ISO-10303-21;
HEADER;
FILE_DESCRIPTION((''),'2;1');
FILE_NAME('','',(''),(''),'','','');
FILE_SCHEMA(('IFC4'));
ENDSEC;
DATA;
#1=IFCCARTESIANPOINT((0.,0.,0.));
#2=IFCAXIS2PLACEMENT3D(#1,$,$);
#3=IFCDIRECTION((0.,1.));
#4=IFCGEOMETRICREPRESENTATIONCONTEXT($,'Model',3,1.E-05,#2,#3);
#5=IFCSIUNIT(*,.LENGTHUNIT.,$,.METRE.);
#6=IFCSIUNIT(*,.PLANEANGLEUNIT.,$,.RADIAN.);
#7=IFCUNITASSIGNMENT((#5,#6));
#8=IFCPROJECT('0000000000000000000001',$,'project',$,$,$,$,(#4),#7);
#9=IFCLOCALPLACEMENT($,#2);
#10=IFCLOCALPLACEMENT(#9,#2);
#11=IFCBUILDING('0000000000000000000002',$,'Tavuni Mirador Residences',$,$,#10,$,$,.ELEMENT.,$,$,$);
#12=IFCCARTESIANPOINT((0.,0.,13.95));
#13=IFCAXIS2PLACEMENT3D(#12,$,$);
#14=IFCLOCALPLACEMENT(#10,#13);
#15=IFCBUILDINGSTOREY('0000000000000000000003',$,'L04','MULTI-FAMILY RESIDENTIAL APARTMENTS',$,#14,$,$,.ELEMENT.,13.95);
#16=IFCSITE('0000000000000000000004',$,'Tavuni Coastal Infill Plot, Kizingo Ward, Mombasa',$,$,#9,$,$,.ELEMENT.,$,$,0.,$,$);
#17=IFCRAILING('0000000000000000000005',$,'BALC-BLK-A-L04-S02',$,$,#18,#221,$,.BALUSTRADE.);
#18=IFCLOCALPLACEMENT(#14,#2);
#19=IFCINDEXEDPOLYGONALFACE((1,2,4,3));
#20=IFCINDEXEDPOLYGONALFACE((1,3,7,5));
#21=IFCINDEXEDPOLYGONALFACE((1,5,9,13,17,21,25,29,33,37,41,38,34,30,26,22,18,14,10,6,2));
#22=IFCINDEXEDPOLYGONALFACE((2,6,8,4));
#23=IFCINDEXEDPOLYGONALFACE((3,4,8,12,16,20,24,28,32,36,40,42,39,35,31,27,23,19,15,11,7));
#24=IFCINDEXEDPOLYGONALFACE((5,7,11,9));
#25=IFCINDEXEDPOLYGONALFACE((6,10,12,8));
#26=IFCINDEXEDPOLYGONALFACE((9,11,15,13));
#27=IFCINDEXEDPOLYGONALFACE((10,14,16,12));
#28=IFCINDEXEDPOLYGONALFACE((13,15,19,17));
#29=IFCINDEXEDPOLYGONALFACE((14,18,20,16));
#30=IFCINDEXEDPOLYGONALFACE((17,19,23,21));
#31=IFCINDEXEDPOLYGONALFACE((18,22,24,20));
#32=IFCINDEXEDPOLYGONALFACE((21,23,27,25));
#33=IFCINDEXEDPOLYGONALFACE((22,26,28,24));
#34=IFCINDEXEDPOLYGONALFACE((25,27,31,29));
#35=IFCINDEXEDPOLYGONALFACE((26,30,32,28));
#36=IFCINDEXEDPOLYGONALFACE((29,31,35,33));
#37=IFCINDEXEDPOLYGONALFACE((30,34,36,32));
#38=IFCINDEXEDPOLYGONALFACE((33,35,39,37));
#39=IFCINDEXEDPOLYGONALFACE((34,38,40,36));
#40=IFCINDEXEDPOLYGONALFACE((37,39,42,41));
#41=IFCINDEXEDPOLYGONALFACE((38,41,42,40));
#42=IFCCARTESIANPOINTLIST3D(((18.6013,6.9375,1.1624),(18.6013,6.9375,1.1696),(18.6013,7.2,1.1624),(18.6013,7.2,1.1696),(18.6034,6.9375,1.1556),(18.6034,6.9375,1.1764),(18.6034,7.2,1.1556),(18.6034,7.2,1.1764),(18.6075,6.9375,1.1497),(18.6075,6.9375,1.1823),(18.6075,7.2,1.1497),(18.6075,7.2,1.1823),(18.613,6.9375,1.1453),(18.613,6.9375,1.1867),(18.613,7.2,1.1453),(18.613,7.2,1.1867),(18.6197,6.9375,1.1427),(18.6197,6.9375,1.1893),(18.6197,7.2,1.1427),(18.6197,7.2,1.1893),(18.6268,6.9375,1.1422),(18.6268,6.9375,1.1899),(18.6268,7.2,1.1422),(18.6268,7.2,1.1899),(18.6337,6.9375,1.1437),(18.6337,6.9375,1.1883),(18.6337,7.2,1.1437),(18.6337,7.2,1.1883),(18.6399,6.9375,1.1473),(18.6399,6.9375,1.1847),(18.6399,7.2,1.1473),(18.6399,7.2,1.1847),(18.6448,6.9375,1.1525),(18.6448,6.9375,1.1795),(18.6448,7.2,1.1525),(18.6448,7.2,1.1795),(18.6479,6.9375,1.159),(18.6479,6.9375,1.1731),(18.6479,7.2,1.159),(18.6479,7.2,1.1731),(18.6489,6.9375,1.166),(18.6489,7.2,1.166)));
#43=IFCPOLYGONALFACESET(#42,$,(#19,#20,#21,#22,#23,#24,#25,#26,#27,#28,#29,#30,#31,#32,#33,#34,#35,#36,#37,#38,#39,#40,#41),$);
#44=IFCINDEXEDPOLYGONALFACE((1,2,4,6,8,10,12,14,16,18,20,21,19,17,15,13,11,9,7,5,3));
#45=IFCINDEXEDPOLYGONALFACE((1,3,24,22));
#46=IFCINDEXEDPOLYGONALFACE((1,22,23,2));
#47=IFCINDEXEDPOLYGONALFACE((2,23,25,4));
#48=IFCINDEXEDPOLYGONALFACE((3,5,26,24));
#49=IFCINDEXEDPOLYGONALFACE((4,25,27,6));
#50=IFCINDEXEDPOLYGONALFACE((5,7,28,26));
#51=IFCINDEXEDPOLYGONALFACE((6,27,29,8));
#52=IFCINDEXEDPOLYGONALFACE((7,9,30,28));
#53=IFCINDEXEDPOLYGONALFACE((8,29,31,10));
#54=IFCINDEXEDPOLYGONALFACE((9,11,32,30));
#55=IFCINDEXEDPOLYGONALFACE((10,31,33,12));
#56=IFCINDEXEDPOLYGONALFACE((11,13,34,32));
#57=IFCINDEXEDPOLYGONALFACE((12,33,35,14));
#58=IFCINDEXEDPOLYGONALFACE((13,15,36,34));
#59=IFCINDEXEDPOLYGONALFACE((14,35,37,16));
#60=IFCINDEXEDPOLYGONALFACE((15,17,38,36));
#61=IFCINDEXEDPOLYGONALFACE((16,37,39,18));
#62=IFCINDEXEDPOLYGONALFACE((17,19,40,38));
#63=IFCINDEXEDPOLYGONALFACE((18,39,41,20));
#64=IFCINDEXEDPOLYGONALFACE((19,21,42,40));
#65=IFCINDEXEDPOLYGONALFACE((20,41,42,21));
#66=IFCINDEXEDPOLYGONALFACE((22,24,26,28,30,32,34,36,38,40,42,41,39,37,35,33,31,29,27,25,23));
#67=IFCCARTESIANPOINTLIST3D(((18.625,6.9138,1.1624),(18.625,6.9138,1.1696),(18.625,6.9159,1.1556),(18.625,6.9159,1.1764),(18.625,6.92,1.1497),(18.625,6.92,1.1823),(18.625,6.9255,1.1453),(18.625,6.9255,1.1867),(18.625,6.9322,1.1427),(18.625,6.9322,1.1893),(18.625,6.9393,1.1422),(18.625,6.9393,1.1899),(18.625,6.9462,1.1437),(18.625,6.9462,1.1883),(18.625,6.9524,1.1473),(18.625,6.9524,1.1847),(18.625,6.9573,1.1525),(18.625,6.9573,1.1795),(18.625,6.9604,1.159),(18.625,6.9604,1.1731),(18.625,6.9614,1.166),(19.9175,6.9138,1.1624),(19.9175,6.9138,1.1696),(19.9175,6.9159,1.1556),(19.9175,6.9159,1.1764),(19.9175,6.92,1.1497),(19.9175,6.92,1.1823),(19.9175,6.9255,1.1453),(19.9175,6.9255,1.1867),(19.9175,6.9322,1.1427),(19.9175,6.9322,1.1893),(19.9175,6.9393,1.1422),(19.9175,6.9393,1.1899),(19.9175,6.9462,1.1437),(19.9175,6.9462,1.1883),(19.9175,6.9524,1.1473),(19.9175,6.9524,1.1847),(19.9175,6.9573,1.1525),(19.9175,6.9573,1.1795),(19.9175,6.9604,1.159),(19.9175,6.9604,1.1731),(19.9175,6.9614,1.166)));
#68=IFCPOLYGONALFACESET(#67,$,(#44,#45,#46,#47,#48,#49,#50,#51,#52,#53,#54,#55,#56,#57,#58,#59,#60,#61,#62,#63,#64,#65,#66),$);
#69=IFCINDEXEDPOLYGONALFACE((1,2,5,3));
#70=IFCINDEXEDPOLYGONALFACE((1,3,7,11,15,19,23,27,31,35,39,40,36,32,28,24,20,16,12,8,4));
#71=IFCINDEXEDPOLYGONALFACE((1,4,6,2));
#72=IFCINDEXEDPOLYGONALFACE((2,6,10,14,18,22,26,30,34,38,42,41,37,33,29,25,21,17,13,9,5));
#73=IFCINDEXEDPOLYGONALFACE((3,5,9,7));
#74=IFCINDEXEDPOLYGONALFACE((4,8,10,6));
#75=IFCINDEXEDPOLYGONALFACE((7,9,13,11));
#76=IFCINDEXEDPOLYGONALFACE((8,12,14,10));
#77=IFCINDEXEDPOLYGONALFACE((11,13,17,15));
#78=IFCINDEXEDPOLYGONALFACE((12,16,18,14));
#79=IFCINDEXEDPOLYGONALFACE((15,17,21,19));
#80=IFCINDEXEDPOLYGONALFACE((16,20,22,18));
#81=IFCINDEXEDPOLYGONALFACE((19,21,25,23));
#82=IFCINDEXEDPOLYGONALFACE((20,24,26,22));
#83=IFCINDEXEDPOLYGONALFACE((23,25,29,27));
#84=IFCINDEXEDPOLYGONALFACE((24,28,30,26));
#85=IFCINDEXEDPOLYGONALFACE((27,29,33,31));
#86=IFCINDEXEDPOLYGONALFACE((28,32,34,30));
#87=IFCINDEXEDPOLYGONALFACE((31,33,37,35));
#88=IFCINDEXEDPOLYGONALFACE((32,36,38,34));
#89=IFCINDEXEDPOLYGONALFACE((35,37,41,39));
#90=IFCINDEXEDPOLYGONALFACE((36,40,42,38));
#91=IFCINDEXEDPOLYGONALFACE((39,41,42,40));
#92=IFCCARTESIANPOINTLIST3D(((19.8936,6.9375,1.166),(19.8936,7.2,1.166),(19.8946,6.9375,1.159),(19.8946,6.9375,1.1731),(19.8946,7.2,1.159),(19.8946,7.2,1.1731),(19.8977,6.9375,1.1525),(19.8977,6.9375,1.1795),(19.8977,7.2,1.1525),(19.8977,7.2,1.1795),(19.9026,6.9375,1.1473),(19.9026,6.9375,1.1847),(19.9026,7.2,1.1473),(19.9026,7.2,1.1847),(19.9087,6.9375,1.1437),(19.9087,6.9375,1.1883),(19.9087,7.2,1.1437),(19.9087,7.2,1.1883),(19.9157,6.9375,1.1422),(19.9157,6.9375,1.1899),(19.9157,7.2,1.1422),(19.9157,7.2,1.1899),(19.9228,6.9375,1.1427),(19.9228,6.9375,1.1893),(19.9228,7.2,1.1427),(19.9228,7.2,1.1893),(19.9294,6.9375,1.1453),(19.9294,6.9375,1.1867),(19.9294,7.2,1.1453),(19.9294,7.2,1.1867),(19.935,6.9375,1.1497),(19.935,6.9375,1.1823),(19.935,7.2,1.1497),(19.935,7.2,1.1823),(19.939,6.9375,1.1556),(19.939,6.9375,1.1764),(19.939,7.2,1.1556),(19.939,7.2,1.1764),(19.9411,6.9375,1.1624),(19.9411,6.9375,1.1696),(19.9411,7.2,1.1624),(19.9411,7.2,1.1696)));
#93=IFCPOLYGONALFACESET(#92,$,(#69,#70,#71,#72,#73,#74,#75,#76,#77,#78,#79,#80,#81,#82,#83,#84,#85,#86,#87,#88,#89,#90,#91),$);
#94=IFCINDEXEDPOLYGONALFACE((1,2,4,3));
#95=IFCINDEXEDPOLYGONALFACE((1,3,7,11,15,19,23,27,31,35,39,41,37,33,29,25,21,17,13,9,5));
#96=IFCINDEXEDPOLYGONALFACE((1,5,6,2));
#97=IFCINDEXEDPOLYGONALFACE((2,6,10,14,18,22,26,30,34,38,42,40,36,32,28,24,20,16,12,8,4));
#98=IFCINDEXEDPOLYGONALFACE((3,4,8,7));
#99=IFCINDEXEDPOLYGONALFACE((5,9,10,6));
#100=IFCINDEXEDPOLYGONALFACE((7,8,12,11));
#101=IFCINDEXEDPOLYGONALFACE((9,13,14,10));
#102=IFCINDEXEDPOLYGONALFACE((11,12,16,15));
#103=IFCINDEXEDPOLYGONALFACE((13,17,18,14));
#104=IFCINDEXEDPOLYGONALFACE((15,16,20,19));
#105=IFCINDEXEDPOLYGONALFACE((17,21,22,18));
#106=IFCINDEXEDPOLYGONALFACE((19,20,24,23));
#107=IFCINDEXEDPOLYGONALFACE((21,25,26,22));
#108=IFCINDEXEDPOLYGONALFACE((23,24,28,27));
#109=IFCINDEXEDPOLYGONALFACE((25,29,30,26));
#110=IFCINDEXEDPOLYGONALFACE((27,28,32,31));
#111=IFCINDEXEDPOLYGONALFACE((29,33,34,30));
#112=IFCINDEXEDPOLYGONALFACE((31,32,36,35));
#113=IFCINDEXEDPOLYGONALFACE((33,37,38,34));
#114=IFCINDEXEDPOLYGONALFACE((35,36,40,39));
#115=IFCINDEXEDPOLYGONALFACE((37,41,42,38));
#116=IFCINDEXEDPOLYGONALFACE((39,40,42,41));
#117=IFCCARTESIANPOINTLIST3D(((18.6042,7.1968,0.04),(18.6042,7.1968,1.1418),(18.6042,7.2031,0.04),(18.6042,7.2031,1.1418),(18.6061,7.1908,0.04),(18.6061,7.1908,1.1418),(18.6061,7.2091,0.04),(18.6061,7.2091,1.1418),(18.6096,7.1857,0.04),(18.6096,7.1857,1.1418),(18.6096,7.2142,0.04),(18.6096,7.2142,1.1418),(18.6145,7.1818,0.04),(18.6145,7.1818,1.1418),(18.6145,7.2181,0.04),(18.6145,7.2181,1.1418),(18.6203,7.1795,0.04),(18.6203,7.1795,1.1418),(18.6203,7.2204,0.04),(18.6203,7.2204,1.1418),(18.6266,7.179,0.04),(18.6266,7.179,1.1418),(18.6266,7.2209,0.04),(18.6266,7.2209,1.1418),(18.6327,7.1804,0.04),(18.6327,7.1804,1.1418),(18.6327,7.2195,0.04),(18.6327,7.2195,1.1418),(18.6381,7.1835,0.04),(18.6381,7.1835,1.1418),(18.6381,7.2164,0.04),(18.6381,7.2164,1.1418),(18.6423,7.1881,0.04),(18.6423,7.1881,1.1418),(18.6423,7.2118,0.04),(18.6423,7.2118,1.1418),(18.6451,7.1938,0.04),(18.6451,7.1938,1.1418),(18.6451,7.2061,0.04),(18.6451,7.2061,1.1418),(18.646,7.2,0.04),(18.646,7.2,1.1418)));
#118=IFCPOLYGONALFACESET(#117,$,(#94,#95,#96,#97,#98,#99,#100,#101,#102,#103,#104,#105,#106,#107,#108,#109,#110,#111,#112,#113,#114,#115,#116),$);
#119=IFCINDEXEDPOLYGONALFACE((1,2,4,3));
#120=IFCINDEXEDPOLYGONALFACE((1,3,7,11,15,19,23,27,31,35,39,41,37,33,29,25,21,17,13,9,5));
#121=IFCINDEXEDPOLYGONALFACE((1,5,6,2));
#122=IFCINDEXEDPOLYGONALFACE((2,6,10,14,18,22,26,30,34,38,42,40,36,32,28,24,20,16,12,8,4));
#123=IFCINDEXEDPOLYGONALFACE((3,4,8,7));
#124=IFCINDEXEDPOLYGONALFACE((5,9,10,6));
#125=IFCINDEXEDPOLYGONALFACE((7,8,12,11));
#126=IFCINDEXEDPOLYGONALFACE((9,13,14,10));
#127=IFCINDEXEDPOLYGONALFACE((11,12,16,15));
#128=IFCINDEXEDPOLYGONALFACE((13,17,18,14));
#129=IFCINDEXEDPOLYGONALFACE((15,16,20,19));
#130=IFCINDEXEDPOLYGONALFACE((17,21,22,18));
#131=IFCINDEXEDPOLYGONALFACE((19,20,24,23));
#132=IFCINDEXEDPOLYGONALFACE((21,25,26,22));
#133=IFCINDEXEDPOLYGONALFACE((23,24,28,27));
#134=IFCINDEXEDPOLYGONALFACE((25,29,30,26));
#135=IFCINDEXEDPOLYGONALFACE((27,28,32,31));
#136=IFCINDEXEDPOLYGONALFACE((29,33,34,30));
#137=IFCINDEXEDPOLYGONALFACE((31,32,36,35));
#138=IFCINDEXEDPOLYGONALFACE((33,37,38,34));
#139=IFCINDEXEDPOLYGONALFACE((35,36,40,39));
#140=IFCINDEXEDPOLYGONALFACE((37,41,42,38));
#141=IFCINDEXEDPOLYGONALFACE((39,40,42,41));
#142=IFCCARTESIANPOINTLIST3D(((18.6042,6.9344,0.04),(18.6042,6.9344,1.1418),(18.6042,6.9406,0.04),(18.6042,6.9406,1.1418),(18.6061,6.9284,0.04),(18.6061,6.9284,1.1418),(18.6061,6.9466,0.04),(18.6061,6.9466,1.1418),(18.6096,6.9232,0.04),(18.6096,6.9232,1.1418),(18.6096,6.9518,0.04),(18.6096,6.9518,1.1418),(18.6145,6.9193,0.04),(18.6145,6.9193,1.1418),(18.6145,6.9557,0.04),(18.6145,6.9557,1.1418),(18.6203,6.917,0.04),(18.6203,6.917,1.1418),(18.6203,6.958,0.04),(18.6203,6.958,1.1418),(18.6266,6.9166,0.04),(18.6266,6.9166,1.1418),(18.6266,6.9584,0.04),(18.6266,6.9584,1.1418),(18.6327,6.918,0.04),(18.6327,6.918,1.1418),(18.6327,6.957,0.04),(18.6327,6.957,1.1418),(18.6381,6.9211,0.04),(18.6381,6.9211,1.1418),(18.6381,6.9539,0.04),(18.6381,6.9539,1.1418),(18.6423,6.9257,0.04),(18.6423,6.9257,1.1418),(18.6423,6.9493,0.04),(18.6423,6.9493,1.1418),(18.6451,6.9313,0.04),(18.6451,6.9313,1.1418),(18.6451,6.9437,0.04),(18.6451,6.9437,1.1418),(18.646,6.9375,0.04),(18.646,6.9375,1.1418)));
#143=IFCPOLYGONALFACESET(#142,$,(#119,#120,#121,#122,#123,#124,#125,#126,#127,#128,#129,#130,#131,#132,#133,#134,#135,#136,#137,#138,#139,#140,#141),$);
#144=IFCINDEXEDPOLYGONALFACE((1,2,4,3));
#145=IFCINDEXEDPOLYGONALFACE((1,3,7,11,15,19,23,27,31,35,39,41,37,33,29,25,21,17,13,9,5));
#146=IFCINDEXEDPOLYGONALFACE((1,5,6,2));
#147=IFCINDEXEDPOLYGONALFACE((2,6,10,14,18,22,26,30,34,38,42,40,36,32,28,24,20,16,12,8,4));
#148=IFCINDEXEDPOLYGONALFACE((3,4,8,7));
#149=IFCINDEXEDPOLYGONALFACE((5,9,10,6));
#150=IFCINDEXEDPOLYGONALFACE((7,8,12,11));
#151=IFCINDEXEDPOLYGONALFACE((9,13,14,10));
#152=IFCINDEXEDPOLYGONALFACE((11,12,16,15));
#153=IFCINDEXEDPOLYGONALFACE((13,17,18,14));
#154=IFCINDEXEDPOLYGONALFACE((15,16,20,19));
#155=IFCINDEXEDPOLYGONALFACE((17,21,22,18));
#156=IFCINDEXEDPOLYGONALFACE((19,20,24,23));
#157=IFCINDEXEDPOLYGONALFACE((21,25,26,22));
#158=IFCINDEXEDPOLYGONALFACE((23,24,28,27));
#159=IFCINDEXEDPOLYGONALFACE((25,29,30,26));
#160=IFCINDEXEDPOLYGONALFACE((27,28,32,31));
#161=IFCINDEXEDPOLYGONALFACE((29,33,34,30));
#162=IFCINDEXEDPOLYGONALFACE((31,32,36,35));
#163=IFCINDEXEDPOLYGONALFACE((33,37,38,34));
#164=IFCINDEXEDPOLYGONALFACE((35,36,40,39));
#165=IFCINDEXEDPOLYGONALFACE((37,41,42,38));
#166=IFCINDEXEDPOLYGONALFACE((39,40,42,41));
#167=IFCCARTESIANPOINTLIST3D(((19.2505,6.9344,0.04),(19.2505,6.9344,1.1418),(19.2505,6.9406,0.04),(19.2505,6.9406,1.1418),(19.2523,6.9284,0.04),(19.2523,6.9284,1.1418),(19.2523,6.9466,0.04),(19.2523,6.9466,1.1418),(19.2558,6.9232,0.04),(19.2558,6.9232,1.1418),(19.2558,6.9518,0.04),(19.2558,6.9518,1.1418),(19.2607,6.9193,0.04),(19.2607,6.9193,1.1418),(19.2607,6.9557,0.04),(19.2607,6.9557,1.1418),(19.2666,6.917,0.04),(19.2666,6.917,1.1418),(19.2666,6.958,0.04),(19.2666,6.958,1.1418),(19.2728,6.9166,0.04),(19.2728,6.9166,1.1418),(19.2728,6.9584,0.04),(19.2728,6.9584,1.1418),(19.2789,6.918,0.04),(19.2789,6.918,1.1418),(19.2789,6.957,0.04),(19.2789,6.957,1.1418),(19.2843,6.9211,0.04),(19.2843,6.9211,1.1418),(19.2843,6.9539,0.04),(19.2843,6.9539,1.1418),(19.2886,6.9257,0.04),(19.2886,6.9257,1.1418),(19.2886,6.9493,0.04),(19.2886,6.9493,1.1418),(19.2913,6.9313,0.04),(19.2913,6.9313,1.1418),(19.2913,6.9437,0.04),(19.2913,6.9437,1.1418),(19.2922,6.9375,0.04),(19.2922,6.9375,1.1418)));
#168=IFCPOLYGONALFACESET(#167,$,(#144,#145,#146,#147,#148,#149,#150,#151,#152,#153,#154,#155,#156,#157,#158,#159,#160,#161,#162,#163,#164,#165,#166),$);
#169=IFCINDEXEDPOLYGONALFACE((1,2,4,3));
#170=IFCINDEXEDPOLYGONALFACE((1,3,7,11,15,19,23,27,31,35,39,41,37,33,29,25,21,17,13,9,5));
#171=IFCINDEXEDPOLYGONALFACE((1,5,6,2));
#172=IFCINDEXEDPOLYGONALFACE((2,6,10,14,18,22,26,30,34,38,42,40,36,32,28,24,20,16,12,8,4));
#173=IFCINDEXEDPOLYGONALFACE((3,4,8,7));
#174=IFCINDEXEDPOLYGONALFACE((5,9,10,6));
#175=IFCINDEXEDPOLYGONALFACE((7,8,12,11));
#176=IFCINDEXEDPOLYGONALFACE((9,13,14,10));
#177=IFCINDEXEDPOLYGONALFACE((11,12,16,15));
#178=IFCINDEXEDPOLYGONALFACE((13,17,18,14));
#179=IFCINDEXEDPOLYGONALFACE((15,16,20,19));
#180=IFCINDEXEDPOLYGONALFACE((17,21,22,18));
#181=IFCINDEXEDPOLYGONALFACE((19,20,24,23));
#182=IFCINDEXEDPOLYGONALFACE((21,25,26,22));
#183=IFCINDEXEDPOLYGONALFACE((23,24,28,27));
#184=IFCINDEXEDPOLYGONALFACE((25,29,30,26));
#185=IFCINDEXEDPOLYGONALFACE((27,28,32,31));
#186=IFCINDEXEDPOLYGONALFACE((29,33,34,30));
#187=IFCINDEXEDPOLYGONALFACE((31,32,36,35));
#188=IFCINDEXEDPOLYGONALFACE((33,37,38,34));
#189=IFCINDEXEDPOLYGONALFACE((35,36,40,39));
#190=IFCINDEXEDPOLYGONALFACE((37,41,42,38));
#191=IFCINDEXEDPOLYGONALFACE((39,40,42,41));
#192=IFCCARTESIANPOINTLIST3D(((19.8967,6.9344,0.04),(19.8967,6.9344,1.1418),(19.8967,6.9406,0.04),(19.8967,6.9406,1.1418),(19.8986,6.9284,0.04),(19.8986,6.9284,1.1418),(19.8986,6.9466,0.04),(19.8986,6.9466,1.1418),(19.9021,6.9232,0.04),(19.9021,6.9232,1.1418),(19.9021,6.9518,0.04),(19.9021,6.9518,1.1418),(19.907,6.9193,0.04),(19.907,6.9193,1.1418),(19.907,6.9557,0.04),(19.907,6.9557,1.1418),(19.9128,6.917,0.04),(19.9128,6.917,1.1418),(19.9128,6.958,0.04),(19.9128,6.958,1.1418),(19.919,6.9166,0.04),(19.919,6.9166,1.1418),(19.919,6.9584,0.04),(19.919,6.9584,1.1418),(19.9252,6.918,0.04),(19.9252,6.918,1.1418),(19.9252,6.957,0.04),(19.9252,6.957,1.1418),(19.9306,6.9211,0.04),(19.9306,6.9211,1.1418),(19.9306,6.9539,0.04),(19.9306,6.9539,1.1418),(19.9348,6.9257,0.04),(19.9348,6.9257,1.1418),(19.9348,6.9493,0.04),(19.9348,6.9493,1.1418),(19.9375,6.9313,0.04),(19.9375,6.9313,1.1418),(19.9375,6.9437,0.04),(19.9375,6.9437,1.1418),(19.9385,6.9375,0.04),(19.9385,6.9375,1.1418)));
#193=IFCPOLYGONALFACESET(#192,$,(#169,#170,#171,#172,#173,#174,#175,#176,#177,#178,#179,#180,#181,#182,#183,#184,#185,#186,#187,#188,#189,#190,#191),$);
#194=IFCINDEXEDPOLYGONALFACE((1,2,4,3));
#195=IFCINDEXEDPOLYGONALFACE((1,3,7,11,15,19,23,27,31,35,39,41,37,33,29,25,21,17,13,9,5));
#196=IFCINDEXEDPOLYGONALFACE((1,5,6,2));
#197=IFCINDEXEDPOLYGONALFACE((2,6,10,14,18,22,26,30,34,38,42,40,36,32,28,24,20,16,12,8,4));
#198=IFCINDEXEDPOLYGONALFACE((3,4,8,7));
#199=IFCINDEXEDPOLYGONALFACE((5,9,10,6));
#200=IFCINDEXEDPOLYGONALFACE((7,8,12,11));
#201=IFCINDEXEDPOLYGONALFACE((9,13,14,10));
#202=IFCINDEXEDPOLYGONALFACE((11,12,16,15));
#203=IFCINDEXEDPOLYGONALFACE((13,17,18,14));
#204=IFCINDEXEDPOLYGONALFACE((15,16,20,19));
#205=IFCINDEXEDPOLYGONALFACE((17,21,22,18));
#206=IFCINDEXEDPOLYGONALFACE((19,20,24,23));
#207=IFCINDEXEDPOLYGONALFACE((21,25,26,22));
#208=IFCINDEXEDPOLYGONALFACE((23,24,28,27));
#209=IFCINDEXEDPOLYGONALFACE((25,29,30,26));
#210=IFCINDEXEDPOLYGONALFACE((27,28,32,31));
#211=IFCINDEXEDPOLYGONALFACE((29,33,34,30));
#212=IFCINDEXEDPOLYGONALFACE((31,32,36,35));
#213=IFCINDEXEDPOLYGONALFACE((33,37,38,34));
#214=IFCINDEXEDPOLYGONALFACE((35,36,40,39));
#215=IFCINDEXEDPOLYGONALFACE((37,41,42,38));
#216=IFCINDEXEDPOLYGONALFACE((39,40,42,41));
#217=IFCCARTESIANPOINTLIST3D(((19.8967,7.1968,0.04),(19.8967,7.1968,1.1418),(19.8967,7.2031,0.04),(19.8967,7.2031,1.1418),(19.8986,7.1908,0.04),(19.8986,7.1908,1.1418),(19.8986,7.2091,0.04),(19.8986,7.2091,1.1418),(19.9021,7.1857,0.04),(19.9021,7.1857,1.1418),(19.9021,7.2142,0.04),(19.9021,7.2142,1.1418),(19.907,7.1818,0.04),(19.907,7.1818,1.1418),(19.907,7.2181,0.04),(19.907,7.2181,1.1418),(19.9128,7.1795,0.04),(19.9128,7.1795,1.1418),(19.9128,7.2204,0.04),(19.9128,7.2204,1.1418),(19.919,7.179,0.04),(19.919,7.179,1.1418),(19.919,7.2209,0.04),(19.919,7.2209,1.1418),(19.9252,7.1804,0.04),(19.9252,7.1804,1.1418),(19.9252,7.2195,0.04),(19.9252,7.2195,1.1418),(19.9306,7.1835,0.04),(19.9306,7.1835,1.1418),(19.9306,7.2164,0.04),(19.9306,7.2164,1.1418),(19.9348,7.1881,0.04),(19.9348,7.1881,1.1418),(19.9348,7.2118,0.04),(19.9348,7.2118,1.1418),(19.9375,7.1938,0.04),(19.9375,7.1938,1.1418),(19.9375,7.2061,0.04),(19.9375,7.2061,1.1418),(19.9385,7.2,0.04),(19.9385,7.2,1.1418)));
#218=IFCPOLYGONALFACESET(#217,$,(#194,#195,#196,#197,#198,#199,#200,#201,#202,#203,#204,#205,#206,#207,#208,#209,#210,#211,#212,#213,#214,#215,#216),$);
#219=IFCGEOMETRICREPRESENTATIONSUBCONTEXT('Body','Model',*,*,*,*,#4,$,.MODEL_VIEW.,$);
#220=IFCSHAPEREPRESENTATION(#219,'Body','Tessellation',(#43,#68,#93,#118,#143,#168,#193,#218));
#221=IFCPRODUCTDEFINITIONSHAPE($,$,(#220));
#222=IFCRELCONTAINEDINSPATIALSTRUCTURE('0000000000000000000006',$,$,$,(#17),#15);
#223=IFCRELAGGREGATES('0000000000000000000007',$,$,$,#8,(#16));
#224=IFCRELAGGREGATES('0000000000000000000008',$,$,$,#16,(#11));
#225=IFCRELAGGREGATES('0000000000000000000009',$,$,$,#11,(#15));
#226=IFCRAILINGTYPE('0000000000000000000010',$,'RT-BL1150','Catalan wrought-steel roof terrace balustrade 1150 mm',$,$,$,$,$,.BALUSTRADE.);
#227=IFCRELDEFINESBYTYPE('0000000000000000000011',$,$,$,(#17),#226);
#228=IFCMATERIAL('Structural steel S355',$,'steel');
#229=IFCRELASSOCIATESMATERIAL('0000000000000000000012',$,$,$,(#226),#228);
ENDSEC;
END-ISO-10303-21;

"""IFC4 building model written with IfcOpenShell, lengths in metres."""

from ifc_helpers import new_model, si_unit, direction, frame, origin, origin_2d, place, context, subcontext, project, spatial, circle, extrude, material, type_object, element, save


model = new_model("IFC4")

# Units and contexts
model_context = context("Model", 3, precision=1e-05, world=origin(), true_north=direction((0.0, 1.0)))
body_context = subcontext(model_context, "Body", "Model", "MODEL_VIEW")
ifc_project = project(units=[si_unit("LENGTHUNIT", "METRE"), si_unit("PLANEANGLEUNIT", "RADIAN")], contexts=[model_context])

# Site, building, storey
site_placement = place(None, origin())
site = spatial("IfcSite", under=ifc_project, at=site_placement, Name="Tavuni Coastal Infill Plot, Kizingo Ward, Mombasa", CompositionType="ELEMENT", RefElevation=0.0)
building_placement = place(site_placement, origin())
building = spatial("IfcBuilding", under=site, at=building_placement, Name="Tavuni Mirador Residences", CompositionType="ELEMENT")
storey_placement = place(building_placement, frame((0.0, 0.0, 13.95)))
storey = spatial("IfcBuildingStorey", under=building, at=storey_placement, Name="L04", Description="MULTI-FAMILY RESIDENTIAL APARTMENTS", CompositionType="ELEMENT", Elevation=13.95)

# Railing
ifc_material_1 = material(Name="Structural steel S355", Category="steel")
railing_type = type_object("IfcRailingType", Name="RT-BL1150", Description="Catalan wrought-steel roof terrace balustrade 1150 mm", PredefinedType="BALUSTRADE", material=ifc_material_1)
railing_placement = place(storey_placement, frame((18.625, 7.2, 0.04)))
element("IfcRailing", 1, at=railing_placement, inside=storey, type_object=railing_type, Name="BALC-BLK-A-L04-S02", PredefinedType="BALUSTRADE", context=body_context, shape_type="SweptSolid", body=[
    extrude(circle(Radius=0.0239, at=origin_2d()), frame((0.0, 0.0, 1.126), z_axis=(0.0, -1.0, 0.0), x_axis=(1.0, 0.0, 0.0)), (0.0, 0.0, 1.0), 0.2625),
    extrude(circle(Radius=0.0239, at=origin_2d()), frame((0.0, -0.2625, 1.126), z_axis=(1.0, 0.0, 0.0), x_axis=(0.0, 1.0, 0.0)), (0.0, 0.0, 1.0), 1.2925),
    extrude(circle(Radius=0.0239, at=origin_2d()), frame((1.2925, -0.2625, 1.126), z_axis=(0.0, 1.0, 0.0), x_axis=(-1.0, 0.0, 0.0)), (0.0, 0.0, 1.0), 0.2625),
    extrude(circle(Radius=0.021, at=origin_2d()), origin(), (0.0, 0.0, 1.0), 1.1018),
    extrude(circle(Radius=0.021, at=origin_2d()), frame((0.0, -0.2625, 0.0)), (0.0, 0.0, 1.0), 1.1018),
    extrude(circle(Radius=0.021, at=origin_2d()), frame((0.6462, -0.2625, 0.0)), (0.0, 0.0, 1.0), 1.1018),
    extrude(circle(Radius=0.021, at=origin_2d()), frame((1.2925, -0.2625, 0.0)), (0.0, 0.0, 1.0), 1.1018),
    extrude(circle(Radius=0.021, at=origin_2d()), frame((1.2925, 0.0, 0.0)), (0.0, 0.0, 1.0), 1.1018),
])

save(model, "model.ifc")
